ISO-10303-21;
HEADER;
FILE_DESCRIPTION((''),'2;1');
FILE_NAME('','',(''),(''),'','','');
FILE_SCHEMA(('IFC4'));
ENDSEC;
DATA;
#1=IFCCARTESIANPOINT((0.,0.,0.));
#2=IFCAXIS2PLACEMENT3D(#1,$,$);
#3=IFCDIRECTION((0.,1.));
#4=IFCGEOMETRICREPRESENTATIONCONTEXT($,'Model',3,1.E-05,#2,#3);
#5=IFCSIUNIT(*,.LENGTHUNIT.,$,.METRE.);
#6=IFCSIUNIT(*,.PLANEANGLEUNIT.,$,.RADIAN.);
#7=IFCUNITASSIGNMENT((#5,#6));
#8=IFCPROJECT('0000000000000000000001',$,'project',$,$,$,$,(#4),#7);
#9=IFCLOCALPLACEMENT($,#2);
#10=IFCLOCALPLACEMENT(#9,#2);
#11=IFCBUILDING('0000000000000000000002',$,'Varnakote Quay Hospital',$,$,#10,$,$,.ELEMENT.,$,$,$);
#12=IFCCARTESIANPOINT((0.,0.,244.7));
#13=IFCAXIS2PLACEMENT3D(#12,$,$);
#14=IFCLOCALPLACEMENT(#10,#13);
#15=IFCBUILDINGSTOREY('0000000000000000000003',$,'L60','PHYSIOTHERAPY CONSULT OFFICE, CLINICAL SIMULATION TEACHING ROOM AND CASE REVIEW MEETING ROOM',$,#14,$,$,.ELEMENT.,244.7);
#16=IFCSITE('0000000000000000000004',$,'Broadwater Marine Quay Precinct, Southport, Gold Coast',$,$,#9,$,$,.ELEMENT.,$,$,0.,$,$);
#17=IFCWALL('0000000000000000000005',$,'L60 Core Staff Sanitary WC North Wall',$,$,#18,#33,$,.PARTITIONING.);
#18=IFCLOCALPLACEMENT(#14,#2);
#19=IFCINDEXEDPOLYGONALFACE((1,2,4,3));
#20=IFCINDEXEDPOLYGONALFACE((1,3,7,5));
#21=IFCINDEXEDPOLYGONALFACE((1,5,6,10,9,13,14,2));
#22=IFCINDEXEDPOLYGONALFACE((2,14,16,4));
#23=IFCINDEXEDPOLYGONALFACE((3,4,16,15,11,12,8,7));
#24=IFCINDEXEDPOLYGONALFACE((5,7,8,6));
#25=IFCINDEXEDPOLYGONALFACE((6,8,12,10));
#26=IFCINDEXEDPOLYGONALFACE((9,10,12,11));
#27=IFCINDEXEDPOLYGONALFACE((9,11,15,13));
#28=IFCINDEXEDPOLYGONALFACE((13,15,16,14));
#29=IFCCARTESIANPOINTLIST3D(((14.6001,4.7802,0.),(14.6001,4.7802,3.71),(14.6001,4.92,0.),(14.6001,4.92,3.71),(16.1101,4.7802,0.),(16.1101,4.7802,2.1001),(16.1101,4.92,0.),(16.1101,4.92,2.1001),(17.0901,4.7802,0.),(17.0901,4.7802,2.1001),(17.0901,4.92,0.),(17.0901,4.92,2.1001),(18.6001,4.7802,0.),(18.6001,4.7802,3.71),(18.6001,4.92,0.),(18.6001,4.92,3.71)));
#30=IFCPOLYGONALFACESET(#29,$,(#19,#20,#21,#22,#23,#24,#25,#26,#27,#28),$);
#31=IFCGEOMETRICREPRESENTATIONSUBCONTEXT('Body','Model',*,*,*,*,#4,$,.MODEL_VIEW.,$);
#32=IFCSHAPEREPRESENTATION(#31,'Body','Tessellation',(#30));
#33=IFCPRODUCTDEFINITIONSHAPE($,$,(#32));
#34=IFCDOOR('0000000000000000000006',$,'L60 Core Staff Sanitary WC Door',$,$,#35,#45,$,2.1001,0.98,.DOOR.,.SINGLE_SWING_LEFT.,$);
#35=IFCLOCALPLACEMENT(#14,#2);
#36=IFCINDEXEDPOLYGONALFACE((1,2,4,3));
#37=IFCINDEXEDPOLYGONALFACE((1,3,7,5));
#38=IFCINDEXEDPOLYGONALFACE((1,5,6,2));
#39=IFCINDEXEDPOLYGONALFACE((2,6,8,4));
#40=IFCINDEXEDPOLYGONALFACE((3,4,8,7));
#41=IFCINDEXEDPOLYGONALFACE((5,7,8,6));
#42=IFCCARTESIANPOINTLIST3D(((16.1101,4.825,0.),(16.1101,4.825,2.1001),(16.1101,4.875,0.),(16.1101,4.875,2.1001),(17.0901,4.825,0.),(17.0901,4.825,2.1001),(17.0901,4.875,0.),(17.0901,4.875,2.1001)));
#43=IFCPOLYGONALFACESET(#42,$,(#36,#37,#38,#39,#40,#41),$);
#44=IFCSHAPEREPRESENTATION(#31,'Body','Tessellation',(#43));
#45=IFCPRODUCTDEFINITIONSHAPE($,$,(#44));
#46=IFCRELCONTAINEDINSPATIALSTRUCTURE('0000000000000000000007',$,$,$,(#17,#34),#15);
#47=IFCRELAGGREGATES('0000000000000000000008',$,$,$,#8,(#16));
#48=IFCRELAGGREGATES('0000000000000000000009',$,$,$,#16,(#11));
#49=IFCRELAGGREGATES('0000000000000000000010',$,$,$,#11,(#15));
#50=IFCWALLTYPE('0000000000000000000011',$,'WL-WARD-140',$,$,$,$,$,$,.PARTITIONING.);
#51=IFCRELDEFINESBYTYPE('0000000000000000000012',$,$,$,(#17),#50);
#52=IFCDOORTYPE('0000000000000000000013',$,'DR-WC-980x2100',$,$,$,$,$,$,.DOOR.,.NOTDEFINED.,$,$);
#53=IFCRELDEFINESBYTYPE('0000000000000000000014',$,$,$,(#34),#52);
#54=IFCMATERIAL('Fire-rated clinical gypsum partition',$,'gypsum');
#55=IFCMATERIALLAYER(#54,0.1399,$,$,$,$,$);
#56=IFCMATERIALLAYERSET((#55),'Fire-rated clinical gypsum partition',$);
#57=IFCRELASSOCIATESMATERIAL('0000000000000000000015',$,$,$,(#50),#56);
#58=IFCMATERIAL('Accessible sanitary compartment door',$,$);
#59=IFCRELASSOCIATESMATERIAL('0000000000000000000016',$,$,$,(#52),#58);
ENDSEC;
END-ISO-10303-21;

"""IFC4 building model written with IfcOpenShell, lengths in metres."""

from ifc_helpers import new_model, si_unit, direction, frame, frame_2d, origin, place, context, subcontext, project, spatial, rectangle, extrude, material, layer, layer_set, type_object, element, fill, save


model = new_model("IFC4")

# Units and contexts
model_context = context("Model", 3, precision=1e-05, world=origin(), true_north=direction((0.0, 1.0)))
body_context = subcontext(model_context, "Body", "Model", "MODEL_VIEW")
ifc_project = project(units=[si_unit("LENGTHUNIT", "METRE"), si_unit("PLANEANGLEUNIT", "RADIAN")], contexts=[model_context])

# Site, building, storey
site_placement = place(None, origin())
site = spatial("IfcSite", under=ifc_project, at=site_placement, Name="Broadwater Marine Quay Precinct, Southport, Gold Coast", CompositionType="ELEMENT", RefElevation=0.0)
building_placement = place(site_placement, origin())
building = spatial("IfcBuilding", under=site, at=building_placement, Name="Varnakote Quay Hospital", CompositionType="ELEMENT")
storey_placement = place(building_placement, frame((0.0, 0.0, 244.7)))
storey = spatial("IfcBuildingStorey", under=building, at=storey_placement, Name="L60", Description="PHYSIOTHERAPY CONSULT OFFICE, CLINICAL SIMULATION TEACHING ROOM AND CASE REVIEW MEETING ROOM", CompositionType="ELEMENT", Elevation=244.7)

# Wall, opening, door
ifc_material_1 = material(Name="Fire-rated clinical gypsum partition", Category="gypsum")
ifc_layer_1 = layer(ifc_material_1, 0.1399)
ifc_layer_set_1 = layer_set([ifc_layer_1], Name="Fire-rated clinical gypsum partition")
wall_type_1 = type_object("IfcWallType", Name="WL-WARD-140", PredefinedType="PARTITIONING", material=ifc_layer_set_1)
wall_1_placement = place(storey_placement, frame((14.6001, 4.8501, 0.0), z_axis=(0.0, 0.0, 1.0), x_axis=(1.0, 0.0, 0.0)))
wall_1 = element("IfcWall", 1, at=wall_1_placement, inside=storey, type_object=wall_type_1, Name="L60 Core Staff Sanitary WC North Wall", PredefinedType="PARTITIONING", context=body_context, shape_type="SweptSolid", body=[
    extrude(rectangle(XDim=4.0, YDim=0.1399, at=frame_2d((2.0, 0.0))), origin(), (0.0, 0.0, 1.0), 3.71),
])
opening_1_placement = place(wall_1_placement, frame((1.51, 0.0, 0.0)))
opening_1 = element("IfcOpeningElement", 2, at=opening_1_placement, cuts=wall_1, PredefinedType="OPENING", context=body_context, shape_type="SweptSolid", body=[
    extrude(rectangle(XDim=0.98, YDim=2.1001, at=frame_2d((0.49, 1.05))), frame((0.0, 0.0798, 0.0), z_axis=(0.0, -1.0, 0.0), x_axis=(1.0, 0.0, 0.0)), (0.0, 0.0, 1.0), 0.1599),
])
ifc_material_2 = material(Name="Accessible sanitary compartment door")
door_type_1 = type_object("IfcDoorType", Name="DR-WC-980x2100", OperationType="NOTDEFINED", PredefinedType="DOOR", material=ifc_material_2)
door_1_placement = place(opening_1_placement, origin())
door_1 = element("IfcDoor", 3, at=door_1_placement, inside=storey, type_object=door_type_1, Name="L60 Core Staff Sanitary WC Door", OperationType="SINGLE_SWING_LEFT", OverallHeight=2.1001, OverallWidth=0.98, PredefinedType="DOOR", context=body_context, shape_type="SweptSolid", body=[
    extrude(rectangle(XDim=0.98, YDim=2.1001, at=frame_2d((0.49, 1.05))), frame((0.0, 0.0249, 0.0), z_axis=(0.0, -1.0, 0.0), x_axis=(1.0, 0.0, 0.0)), (0.0, 0.0, 1.0), 0.05),
])
fill(opening_1, door_1)

save(model, "model.ifc")
